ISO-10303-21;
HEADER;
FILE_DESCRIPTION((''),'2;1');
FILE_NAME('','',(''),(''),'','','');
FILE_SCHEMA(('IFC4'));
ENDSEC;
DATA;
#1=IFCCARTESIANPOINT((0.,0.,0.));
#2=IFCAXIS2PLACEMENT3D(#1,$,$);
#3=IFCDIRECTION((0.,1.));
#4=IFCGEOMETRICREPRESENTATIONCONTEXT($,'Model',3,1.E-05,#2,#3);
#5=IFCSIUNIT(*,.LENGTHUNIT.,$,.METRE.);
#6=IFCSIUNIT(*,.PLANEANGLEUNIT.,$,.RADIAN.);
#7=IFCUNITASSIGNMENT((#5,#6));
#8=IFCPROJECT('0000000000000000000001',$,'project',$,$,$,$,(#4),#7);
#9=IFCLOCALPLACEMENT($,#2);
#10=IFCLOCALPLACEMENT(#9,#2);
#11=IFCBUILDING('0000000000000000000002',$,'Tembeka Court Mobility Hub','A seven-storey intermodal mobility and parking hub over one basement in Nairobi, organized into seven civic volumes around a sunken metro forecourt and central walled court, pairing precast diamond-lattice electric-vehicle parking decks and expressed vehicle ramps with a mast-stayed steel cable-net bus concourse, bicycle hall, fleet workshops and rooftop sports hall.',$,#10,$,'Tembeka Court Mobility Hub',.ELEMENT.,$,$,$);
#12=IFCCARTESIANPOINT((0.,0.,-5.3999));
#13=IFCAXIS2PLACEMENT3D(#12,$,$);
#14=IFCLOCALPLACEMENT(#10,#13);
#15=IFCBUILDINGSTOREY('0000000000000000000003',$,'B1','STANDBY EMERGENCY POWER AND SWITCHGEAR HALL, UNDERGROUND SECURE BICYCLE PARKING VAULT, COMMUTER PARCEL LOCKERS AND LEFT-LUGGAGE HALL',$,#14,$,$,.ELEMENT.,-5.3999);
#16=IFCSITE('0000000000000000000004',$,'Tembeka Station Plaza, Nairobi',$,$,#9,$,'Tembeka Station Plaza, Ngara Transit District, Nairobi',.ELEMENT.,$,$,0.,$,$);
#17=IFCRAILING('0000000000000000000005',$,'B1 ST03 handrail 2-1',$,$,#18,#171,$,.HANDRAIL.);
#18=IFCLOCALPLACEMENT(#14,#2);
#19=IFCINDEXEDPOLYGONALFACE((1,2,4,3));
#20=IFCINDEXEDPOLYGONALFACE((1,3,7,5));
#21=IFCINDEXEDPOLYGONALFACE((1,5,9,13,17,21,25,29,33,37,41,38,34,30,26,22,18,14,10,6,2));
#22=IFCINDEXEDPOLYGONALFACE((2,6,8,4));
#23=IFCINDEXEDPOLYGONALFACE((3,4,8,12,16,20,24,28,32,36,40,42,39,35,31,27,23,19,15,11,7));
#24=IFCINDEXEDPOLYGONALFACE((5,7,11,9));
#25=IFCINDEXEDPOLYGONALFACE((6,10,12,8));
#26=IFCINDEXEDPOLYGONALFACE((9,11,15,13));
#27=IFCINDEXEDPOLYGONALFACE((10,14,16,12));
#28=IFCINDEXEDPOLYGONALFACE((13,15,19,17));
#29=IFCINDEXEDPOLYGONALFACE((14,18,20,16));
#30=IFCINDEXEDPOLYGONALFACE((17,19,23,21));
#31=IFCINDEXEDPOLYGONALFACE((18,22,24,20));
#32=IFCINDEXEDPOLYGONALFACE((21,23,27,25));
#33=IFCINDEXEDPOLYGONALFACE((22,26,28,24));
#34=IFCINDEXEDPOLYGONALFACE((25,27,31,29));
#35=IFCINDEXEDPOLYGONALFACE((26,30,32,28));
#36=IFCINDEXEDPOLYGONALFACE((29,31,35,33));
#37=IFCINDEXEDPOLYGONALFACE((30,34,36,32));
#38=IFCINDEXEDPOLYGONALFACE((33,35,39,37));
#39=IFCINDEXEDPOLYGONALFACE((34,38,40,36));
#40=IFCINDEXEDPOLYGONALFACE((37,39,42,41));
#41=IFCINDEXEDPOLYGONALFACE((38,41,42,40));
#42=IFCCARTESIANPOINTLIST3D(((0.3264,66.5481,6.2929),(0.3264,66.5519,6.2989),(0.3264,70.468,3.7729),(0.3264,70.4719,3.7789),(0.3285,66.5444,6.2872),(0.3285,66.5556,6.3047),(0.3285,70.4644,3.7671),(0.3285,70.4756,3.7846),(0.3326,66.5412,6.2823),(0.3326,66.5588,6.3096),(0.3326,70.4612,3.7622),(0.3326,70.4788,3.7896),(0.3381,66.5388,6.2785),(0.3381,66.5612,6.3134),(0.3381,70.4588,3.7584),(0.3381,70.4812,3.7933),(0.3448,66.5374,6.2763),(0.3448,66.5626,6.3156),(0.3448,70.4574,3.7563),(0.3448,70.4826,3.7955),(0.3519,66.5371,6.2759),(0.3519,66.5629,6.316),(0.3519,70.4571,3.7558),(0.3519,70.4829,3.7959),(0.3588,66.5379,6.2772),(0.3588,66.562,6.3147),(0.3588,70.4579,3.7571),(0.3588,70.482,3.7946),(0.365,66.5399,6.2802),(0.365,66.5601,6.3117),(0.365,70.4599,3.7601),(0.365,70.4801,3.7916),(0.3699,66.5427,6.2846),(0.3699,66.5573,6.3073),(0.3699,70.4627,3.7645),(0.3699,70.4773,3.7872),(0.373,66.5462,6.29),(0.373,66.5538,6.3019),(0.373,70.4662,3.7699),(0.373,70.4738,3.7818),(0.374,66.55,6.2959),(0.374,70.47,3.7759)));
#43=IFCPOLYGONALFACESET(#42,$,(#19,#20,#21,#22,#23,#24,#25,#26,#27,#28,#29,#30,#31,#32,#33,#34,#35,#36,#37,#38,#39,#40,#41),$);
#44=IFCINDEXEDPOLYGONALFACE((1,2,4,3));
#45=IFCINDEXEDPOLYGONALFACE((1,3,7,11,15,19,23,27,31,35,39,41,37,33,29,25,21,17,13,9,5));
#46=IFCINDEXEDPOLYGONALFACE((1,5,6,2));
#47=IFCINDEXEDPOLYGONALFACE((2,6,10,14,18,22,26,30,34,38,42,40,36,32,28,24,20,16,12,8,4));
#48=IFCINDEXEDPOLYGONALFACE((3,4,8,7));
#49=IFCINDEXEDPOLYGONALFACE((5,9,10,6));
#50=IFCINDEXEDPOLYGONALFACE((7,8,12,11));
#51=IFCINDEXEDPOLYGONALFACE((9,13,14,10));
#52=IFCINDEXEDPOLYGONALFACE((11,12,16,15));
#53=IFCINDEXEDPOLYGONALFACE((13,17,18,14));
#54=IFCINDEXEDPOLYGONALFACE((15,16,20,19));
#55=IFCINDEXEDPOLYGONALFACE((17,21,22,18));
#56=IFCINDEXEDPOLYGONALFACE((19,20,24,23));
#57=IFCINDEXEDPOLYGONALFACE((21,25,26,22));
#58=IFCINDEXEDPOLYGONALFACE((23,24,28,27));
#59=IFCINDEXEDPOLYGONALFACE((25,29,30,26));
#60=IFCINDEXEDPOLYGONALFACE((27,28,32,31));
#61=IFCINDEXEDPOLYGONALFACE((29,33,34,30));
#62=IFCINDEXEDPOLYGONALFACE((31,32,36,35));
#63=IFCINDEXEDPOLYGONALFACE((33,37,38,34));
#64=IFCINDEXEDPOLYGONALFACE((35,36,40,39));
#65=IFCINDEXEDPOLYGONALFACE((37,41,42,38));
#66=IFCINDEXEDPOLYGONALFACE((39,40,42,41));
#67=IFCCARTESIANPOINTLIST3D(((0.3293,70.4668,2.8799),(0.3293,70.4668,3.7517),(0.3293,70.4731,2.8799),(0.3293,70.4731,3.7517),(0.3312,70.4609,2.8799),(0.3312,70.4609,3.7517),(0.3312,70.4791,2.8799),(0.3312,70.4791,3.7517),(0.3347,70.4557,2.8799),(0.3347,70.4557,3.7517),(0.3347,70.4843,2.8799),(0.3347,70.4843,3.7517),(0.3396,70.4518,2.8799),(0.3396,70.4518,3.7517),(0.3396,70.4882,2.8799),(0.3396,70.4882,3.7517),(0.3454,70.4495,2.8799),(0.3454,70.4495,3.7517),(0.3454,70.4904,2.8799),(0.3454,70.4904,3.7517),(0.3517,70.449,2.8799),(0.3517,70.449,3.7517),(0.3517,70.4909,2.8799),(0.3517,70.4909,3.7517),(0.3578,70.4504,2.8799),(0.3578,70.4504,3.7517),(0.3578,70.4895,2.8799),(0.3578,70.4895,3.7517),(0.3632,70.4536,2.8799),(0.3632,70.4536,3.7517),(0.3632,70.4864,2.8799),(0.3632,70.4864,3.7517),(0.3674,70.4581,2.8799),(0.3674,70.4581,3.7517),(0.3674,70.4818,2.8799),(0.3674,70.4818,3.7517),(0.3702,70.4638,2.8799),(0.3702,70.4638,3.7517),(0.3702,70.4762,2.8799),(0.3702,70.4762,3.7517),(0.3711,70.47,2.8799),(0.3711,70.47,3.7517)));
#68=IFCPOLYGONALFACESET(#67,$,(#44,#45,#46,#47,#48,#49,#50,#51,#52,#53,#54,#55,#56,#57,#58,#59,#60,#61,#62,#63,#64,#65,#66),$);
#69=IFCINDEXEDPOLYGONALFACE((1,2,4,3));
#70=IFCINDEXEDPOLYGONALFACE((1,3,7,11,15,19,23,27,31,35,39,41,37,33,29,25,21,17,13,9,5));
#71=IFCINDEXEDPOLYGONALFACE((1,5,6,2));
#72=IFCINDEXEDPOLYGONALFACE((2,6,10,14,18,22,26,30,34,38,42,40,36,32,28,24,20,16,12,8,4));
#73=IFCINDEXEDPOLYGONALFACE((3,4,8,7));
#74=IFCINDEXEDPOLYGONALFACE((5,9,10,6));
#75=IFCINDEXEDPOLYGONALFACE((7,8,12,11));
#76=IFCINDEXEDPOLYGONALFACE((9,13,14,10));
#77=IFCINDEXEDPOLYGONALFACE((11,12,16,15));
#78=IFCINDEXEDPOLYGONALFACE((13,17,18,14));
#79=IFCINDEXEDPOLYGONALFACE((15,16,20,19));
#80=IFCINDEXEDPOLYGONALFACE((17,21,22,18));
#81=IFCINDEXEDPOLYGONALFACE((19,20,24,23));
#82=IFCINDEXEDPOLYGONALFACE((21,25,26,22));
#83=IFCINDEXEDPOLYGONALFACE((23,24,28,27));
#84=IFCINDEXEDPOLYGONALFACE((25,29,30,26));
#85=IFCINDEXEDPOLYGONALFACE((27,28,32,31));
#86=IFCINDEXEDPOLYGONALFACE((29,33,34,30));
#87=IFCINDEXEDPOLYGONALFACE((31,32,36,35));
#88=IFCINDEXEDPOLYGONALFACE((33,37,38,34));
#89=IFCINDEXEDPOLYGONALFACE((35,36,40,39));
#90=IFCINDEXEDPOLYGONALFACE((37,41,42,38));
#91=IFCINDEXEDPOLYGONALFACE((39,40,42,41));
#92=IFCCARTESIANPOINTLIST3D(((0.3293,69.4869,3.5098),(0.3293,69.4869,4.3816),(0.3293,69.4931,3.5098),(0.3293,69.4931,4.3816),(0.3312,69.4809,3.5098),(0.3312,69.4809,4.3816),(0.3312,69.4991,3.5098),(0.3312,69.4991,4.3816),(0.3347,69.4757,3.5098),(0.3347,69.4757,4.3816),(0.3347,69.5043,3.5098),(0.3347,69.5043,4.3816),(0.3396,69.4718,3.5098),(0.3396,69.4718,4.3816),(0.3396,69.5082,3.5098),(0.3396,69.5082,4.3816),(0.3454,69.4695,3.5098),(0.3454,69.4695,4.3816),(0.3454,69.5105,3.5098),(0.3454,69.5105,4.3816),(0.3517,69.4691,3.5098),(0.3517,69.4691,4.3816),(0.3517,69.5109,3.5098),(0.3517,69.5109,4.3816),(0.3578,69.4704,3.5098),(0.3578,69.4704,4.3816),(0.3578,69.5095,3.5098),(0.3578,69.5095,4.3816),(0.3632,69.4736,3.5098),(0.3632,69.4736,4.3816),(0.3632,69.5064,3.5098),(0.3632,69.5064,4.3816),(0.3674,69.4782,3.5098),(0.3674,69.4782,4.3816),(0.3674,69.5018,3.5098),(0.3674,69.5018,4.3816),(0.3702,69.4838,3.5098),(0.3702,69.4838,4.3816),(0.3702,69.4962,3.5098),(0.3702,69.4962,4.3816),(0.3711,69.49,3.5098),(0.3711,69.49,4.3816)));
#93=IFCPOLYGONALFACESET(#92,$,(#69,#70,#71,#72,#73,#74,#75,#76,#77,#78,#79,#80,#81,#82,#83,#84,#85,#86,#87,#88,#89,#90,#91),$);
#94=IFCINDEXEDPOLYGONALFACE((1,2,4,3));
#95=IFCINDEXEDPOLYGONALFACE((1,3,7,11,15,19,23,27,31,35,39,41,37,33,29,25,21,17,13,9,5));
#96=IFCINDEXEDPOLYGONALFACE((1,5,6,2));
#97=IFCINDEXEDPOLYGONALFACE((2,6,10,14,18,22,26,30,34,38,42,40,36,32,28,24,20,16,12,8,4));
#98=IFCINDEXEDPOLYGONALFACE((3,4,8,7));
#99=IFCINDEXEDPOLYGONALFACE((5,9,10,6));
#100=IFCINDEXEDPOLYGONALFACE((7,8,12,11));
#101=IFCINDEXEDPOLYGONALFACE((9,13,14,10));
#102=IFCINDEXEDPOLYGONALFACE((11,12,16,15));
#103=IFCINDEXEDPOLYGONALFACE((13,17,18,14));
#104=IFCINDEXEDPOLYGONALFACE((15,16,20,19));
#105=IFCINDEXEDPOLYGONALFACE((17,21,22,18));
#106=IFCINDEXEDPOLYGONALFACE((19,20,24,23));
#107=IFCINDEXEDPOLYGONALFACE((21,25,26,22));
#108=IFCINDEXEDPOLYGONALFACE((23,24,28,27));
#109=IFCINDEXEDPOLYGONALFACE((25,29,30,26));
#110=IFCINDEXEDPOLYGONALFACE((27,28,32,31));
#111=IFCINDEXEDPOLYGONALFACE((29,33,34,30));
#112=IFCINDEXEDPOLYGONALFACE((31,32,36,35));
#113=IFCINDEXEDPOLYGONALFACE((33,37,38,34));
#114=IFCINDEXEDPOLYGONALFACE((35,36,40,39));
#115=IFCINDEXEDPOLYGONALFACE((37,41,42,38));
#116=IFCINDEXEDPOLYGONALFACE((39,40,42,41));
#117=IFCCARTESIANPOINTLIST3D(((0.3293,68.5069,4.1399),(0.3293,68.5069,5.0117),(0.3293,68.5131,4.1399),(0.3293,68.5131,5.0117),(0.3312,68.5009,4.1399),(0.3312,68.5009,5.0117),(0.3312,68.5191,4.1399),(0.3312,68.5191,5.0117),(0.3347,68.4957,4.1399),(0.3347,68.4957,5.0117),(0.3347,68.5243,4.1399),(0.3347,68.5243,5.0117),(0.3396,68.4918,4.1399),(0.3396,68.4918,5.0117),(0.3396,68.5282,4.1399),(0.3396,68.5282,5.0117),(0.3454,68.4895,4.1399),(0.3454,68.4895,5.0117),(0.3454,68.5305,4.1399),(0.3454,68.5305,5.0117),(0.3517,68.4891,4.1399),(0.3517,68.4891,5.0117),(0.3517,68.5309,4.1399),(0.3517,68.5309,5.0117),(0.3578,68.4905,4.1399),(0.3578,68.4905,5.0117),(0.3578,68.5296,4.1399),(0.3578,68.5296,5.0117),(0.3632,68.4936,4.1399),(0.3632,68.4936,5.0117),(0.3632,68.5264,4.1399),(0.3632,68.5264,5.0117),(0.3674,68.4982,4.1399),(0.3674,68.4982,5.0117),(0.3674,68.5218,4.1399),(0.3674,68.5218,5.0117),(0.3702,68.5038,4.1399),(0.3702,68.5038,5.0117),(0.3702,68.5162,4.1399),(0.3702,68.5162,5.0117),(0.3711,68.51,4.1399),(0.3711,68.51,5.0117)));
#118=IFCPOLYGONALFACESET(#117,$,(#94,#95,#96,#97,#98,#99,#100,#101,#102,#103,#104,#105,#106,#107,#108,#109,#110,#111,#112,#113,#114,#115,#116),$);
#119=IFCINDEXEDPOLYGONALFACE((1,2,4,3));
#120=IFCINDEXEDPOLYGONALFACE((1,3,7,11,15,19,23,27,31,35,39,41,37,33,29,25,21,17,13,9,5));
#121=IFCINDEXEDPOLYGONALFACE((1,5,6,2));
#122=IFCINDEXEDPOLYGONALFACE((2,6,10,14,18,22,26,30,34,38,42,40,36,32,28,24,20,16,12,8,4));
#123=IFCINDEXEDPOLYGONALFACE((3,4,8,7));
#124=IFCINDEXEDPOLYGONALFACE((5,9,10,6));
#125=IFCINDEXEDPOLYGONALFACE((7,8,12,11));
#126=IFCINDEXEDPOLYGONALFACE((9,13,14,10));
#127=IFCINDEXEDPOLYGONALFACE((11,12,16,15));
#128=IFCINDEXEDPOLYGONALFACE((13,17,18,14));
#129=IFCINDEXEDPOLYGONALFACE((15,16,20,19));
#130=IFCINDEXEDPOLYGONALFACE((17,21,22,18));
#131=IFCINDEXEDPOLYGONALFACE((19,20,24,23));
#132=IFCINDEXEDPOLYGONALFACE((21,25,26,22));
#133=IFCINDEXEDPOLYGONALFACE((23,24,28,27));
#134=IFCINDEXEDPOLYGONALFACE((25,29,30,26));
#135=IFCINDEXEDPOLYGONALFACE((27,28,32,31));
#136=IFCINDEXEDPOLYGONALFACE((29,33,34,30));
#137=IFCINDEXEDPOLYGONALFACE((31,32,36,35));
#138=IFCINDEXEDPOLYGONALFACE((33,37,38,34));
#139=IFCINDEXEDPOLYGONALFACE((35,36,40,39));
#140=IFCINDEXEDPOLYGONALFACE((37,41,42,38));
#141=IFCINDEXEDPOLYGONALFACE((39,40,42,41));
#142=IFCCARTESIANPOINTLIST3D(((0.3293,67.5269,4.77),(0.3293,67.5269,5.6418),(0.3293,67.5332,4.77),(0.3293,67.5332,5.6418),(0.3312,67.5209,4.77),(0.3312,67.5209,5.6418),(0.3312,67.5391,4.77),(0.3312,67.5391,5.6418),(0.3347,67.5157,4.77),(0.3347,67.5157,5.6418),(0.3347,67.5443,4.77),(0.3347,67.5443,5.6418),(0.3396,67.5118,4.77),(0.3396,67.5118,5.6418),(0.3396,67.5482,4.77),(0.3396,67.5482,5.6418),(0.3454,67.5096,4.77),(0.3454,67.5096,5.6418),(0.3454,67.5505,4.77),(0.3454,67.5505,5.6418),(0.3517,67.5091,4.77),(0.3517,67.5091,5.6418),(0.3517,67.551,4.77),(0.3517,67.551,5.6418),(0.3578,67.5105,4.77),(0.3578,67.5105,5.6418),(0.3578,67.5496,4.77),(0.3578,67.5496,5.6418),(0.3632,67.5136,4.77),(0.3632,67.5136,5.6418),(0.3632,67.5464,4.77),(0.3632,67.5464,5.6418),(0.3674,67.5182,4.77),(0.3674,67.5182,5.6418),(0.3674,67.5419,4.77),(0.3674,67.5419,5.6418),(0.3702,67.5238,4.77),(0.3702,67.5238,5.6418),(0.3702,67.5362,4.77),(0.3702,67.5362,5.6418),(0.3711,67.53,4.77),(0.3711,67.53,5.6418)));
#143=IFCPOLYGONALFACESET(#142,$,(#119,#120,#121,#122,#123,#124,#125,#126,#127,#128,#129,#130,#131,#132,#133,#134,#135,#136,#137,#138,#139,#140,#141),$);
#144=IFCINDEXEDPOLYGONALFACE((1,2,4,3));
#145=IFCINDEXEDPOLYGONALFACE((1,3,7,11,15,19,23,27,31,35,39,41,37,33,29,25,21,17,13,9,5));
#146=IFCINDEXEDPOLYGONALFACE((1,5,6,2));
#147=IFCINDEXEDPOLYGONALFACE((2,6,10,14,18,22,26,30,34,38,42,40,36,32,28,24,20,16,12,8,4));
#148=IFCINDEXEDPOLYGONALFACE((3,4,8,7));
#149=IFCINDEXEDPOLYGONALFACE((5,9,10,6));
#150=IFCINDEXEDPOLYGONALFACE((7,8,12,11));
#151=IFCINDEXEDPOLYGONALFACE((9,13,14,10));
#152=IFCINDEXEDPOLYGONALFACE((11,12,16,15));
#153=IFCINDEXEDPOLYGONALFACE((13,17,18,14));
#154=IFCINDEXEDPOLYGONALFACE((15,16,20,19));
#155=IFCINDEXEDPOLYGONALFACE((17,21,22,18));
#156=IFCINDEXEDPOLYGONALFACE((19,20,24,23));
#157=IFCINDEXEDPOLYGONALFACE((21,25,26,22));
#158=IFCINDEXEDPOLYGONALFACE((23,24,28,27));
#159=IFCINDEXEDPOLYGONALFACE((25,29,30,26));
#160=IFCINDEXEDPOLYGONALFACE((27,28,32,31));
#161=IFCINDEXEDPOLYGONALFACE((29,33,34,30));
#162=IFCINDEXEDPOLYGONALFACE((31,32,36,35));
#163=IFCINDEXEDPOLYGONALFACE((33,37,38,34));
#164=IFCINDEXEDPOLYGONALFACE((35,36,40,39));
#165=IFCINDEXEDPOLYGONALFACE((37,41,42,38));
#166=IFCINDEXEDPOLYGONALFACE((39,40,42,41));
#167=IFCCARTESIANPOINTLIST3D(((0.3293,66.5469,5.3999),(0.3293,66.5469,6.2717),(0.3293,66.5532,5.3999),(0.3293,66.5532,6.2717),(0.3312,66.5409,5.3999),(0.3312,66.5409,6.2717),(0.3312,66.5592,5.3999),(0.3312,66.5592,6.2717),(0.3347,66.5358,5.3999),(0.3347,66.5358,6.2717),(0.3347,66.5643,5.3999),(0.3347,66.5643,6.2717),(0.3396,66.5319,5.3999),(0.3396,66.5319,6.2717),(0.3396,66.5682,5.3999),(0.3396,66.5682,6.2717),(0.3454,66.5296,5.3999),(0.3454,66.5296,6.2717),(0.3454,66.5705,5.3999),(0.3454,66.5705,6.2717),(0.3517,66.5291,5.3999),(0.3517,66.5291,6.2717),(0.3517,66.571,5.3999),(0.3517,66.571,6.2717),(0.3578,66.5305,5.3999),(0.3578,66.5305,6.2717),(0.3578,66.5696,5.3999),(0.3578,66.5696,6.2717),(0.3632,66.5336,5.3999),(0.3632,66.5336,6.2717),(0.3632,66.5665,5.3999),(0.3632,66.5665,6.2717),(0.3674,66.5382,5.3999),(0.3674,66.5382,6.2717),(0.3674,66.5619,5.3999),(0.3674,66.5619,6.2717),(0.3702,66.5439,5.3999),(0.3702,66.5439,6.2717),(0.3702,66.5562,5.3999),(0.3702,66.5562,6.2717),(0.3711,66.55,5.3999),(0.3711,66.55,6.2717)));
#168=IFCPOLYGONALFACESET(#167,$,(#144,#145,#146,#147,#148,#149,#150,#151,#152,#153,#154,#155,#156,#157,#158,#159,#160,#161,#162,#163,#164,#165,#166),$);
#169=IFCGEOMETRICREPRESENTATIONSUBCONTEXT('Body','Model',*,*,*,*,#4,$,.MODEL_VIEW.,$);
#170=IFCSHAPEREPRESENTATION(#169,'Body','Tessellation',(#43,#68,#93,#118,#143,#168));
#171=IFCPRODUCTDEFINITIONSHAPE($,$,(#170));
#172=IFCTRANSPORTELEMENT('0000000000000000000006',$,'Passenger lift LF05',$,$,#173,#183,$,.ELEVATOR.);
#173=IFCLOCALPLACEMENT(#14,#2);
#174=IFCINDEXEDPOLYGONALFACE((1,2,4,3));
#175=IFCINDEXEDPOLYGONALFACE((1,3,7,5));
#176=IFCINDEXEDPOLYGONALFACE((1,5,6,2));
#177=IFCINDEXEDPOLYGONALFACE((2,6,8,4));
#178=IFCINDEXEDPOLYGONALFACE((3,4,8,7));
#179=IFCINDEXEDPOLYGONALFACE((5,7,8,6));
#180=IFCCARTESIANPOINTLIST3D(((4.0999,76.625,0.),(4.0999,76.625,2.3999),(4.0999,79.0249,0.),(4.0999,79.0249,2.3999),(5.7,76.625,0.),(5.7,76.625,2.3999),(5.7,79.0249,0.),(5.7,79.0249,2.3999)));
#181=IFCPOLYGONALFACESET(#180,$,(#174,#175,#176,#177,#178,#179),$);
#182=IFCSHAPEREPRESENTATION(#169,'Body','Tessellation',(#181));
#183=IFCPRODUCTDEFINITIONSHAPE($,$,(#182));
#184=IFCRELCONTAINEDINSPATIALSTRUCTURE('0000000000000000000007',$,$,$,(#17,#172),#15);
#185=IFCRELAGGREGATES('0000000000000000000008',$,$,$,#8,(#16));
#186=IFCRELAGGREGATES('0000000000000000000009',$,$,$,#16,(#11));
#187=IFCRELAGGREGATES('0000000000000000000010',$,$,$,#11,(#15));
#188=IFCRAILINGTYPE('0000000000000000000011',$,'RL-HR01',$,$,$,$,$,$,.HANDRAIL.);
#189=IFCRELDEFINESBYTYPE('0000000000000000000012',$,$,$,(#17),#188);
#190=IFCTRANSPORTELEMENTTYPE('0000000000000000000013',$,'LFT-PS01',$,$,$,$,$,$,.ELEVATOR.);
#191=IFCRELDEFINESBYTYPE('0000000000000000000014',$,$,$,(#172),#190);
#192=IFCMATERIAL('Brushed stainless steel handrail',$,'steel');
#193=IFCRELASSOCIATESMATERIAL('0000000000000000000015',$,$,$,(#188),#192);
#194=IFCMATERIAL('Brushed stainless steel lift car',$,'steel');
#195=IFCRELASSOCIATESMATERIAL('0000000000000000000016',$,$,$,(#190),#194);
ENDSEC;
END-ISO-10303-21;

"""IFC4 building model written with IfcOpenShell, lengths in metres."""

from ifc_helpers import new_model, si_unit, direction, frame, origin, origin_2d, place, context, subcontext, project, spatial, rectangle, circle, extrude, material, type_object, element, save


model = new_model("IFC4")

# Units and contexts
model_context = context("Model", 3, precision=1e-05, world=origin(), true_north=direction((0.0, 1.0)))
body_context = subcontext(model_context, "Body", "Model", "MODEL_VIEW")
ifc_project = project(units=[si_unit("LENGTHUNIT", "METRE"), si_unit("PLANEANGLEUNIT", "RADIAN")], contexts=[model_context])

# Site, building, storey
site_placement = place(None, origin())
site = spatial("IfcSite", under=ifc_project, at=site_placement, Name="Tembeka Station Plaza, Nairobi", LongName="Tembeka Station Plaza, Ngara Transit District, Nairobi", CompositionType="ELEMENT", RefElevation=0.0)
building_placement = place(site_placement, origin())
building = spatial("IfcBuilding", under=site, at=building_placement, Name="Tembeka Court Mobility Hub", Description="A seven-storey intermodal mobility and parking hub over one basement in Nairobi, organized into seven civic volumes around a sunken metro forecourt and central walled court, pairing precast diamond-lattice electric-vehicle parking decks and expressed vehicle ramps with a mast-stayed steel cable-net bus concourse, bicycle hall, fleet workshops and rooftop sports hall.", LongName="Tembeka Court Mobility Hub", CompositionType="ELEMENT")
storey_placement = place(building_placement, frame((0.0, 0.0, -5.3999)))
storey = spatial("IfcBuildingStorey", under=building, at=storey_placement, Name="B1", Description="STANDBY EMERGENCY POWER AND SWITCHGEAR HALL, UNDERGROUND SECURE BICYCLE PARKING VAULT, COMMUTER PARCEL LOCKERS AND LEFT-LUGGAGE HALL", CompositionType="ELEMENT", Elevation=-5.3999)

# Railing
ifc_material_1 = material(Name="Brushed stainless steel handrail", Category="steel")
railing_type_1 = type_object("IfcRailingType", Name="RL-HR01", PredefinedType="HANDRAIL", material=ifc_material_1)
railing_1_placement = place(storey_placement, frame((0.3501, 70.47, 2.8799)))
element("IfcRailing", 1, at=railing_1_placement, inside=storey, type_object=railing_type_1, Name="B1 ST03 handrail 2-1", PredefinedType="HANDRAIL", context=body_context, shape_type="SweptSolid", body=[
    extrude(circle(Radius=0.0239, at=origin_2d()), frame((0.0, 0.0, 0.896), z_axis=(0.0, -0.841172, 0.540768), x_axis=(1.0, 0.0, 0.0)), (0.0, 0.0, 1.0), 4.6602),
    extrude(circle(Radius=0.021, at=origin_2d()), origin(), (0.0, 0.0, 1.0), 0.8718),
    extrude(circle(Radius=0.021, at=origin_2d()), frame((0.0, -0.98, 0.6299)), (0.0, 0.0, 1.0), 0.8718),
    extrude(circle(Radius=0.021, at=origin_2d()), frame((0.0, -1.96, 1.26)), (0.0, 0.0, 1.0), 0.8718),
    extrude(circle(Radius=0.021, at=origin_2d()), frame((0.0, -2.9399, 1.8901)), (0.0, 0.0, 1.0), 0.8718),
    extrude(circle(Radius=0.021, at=origin_2d()), frame((0.0, -3.9199, 2.52)), (0.0, 0.0, 1.0), 0.8718),
])

# Transport element
ifc_material_2 = material(Name="Brushed stainless steel lift car", Category="steel")
transport_element_type = type_object("IfcTransportElementType", Name="LFT-PS01", PredefinedType="ELEVATOR", material=ifc_material_2)
transport_element_placement = place(storey_placement, frame((4.8999, 77.825, 0.0), z_axis=(0.0, 0.0, 1.0), x_axis=(1.0, 0.0, 0.0)))
element("IfcTransportElement", 2, at=transport_element_placement, inside=storey, type_object=transport_element_type, Name="Passenger lift LF05", PredefinedType="ELEVATOR", context=body_context, shape_type="SweptSolid", body=[
    extrude(rectangle(XDim=1.6001, YDim=2.3999, at=origin_2d()), origin(), (0.0, 0.0, 1.0), 2.3999),
])

save(model, "model.ifc")
